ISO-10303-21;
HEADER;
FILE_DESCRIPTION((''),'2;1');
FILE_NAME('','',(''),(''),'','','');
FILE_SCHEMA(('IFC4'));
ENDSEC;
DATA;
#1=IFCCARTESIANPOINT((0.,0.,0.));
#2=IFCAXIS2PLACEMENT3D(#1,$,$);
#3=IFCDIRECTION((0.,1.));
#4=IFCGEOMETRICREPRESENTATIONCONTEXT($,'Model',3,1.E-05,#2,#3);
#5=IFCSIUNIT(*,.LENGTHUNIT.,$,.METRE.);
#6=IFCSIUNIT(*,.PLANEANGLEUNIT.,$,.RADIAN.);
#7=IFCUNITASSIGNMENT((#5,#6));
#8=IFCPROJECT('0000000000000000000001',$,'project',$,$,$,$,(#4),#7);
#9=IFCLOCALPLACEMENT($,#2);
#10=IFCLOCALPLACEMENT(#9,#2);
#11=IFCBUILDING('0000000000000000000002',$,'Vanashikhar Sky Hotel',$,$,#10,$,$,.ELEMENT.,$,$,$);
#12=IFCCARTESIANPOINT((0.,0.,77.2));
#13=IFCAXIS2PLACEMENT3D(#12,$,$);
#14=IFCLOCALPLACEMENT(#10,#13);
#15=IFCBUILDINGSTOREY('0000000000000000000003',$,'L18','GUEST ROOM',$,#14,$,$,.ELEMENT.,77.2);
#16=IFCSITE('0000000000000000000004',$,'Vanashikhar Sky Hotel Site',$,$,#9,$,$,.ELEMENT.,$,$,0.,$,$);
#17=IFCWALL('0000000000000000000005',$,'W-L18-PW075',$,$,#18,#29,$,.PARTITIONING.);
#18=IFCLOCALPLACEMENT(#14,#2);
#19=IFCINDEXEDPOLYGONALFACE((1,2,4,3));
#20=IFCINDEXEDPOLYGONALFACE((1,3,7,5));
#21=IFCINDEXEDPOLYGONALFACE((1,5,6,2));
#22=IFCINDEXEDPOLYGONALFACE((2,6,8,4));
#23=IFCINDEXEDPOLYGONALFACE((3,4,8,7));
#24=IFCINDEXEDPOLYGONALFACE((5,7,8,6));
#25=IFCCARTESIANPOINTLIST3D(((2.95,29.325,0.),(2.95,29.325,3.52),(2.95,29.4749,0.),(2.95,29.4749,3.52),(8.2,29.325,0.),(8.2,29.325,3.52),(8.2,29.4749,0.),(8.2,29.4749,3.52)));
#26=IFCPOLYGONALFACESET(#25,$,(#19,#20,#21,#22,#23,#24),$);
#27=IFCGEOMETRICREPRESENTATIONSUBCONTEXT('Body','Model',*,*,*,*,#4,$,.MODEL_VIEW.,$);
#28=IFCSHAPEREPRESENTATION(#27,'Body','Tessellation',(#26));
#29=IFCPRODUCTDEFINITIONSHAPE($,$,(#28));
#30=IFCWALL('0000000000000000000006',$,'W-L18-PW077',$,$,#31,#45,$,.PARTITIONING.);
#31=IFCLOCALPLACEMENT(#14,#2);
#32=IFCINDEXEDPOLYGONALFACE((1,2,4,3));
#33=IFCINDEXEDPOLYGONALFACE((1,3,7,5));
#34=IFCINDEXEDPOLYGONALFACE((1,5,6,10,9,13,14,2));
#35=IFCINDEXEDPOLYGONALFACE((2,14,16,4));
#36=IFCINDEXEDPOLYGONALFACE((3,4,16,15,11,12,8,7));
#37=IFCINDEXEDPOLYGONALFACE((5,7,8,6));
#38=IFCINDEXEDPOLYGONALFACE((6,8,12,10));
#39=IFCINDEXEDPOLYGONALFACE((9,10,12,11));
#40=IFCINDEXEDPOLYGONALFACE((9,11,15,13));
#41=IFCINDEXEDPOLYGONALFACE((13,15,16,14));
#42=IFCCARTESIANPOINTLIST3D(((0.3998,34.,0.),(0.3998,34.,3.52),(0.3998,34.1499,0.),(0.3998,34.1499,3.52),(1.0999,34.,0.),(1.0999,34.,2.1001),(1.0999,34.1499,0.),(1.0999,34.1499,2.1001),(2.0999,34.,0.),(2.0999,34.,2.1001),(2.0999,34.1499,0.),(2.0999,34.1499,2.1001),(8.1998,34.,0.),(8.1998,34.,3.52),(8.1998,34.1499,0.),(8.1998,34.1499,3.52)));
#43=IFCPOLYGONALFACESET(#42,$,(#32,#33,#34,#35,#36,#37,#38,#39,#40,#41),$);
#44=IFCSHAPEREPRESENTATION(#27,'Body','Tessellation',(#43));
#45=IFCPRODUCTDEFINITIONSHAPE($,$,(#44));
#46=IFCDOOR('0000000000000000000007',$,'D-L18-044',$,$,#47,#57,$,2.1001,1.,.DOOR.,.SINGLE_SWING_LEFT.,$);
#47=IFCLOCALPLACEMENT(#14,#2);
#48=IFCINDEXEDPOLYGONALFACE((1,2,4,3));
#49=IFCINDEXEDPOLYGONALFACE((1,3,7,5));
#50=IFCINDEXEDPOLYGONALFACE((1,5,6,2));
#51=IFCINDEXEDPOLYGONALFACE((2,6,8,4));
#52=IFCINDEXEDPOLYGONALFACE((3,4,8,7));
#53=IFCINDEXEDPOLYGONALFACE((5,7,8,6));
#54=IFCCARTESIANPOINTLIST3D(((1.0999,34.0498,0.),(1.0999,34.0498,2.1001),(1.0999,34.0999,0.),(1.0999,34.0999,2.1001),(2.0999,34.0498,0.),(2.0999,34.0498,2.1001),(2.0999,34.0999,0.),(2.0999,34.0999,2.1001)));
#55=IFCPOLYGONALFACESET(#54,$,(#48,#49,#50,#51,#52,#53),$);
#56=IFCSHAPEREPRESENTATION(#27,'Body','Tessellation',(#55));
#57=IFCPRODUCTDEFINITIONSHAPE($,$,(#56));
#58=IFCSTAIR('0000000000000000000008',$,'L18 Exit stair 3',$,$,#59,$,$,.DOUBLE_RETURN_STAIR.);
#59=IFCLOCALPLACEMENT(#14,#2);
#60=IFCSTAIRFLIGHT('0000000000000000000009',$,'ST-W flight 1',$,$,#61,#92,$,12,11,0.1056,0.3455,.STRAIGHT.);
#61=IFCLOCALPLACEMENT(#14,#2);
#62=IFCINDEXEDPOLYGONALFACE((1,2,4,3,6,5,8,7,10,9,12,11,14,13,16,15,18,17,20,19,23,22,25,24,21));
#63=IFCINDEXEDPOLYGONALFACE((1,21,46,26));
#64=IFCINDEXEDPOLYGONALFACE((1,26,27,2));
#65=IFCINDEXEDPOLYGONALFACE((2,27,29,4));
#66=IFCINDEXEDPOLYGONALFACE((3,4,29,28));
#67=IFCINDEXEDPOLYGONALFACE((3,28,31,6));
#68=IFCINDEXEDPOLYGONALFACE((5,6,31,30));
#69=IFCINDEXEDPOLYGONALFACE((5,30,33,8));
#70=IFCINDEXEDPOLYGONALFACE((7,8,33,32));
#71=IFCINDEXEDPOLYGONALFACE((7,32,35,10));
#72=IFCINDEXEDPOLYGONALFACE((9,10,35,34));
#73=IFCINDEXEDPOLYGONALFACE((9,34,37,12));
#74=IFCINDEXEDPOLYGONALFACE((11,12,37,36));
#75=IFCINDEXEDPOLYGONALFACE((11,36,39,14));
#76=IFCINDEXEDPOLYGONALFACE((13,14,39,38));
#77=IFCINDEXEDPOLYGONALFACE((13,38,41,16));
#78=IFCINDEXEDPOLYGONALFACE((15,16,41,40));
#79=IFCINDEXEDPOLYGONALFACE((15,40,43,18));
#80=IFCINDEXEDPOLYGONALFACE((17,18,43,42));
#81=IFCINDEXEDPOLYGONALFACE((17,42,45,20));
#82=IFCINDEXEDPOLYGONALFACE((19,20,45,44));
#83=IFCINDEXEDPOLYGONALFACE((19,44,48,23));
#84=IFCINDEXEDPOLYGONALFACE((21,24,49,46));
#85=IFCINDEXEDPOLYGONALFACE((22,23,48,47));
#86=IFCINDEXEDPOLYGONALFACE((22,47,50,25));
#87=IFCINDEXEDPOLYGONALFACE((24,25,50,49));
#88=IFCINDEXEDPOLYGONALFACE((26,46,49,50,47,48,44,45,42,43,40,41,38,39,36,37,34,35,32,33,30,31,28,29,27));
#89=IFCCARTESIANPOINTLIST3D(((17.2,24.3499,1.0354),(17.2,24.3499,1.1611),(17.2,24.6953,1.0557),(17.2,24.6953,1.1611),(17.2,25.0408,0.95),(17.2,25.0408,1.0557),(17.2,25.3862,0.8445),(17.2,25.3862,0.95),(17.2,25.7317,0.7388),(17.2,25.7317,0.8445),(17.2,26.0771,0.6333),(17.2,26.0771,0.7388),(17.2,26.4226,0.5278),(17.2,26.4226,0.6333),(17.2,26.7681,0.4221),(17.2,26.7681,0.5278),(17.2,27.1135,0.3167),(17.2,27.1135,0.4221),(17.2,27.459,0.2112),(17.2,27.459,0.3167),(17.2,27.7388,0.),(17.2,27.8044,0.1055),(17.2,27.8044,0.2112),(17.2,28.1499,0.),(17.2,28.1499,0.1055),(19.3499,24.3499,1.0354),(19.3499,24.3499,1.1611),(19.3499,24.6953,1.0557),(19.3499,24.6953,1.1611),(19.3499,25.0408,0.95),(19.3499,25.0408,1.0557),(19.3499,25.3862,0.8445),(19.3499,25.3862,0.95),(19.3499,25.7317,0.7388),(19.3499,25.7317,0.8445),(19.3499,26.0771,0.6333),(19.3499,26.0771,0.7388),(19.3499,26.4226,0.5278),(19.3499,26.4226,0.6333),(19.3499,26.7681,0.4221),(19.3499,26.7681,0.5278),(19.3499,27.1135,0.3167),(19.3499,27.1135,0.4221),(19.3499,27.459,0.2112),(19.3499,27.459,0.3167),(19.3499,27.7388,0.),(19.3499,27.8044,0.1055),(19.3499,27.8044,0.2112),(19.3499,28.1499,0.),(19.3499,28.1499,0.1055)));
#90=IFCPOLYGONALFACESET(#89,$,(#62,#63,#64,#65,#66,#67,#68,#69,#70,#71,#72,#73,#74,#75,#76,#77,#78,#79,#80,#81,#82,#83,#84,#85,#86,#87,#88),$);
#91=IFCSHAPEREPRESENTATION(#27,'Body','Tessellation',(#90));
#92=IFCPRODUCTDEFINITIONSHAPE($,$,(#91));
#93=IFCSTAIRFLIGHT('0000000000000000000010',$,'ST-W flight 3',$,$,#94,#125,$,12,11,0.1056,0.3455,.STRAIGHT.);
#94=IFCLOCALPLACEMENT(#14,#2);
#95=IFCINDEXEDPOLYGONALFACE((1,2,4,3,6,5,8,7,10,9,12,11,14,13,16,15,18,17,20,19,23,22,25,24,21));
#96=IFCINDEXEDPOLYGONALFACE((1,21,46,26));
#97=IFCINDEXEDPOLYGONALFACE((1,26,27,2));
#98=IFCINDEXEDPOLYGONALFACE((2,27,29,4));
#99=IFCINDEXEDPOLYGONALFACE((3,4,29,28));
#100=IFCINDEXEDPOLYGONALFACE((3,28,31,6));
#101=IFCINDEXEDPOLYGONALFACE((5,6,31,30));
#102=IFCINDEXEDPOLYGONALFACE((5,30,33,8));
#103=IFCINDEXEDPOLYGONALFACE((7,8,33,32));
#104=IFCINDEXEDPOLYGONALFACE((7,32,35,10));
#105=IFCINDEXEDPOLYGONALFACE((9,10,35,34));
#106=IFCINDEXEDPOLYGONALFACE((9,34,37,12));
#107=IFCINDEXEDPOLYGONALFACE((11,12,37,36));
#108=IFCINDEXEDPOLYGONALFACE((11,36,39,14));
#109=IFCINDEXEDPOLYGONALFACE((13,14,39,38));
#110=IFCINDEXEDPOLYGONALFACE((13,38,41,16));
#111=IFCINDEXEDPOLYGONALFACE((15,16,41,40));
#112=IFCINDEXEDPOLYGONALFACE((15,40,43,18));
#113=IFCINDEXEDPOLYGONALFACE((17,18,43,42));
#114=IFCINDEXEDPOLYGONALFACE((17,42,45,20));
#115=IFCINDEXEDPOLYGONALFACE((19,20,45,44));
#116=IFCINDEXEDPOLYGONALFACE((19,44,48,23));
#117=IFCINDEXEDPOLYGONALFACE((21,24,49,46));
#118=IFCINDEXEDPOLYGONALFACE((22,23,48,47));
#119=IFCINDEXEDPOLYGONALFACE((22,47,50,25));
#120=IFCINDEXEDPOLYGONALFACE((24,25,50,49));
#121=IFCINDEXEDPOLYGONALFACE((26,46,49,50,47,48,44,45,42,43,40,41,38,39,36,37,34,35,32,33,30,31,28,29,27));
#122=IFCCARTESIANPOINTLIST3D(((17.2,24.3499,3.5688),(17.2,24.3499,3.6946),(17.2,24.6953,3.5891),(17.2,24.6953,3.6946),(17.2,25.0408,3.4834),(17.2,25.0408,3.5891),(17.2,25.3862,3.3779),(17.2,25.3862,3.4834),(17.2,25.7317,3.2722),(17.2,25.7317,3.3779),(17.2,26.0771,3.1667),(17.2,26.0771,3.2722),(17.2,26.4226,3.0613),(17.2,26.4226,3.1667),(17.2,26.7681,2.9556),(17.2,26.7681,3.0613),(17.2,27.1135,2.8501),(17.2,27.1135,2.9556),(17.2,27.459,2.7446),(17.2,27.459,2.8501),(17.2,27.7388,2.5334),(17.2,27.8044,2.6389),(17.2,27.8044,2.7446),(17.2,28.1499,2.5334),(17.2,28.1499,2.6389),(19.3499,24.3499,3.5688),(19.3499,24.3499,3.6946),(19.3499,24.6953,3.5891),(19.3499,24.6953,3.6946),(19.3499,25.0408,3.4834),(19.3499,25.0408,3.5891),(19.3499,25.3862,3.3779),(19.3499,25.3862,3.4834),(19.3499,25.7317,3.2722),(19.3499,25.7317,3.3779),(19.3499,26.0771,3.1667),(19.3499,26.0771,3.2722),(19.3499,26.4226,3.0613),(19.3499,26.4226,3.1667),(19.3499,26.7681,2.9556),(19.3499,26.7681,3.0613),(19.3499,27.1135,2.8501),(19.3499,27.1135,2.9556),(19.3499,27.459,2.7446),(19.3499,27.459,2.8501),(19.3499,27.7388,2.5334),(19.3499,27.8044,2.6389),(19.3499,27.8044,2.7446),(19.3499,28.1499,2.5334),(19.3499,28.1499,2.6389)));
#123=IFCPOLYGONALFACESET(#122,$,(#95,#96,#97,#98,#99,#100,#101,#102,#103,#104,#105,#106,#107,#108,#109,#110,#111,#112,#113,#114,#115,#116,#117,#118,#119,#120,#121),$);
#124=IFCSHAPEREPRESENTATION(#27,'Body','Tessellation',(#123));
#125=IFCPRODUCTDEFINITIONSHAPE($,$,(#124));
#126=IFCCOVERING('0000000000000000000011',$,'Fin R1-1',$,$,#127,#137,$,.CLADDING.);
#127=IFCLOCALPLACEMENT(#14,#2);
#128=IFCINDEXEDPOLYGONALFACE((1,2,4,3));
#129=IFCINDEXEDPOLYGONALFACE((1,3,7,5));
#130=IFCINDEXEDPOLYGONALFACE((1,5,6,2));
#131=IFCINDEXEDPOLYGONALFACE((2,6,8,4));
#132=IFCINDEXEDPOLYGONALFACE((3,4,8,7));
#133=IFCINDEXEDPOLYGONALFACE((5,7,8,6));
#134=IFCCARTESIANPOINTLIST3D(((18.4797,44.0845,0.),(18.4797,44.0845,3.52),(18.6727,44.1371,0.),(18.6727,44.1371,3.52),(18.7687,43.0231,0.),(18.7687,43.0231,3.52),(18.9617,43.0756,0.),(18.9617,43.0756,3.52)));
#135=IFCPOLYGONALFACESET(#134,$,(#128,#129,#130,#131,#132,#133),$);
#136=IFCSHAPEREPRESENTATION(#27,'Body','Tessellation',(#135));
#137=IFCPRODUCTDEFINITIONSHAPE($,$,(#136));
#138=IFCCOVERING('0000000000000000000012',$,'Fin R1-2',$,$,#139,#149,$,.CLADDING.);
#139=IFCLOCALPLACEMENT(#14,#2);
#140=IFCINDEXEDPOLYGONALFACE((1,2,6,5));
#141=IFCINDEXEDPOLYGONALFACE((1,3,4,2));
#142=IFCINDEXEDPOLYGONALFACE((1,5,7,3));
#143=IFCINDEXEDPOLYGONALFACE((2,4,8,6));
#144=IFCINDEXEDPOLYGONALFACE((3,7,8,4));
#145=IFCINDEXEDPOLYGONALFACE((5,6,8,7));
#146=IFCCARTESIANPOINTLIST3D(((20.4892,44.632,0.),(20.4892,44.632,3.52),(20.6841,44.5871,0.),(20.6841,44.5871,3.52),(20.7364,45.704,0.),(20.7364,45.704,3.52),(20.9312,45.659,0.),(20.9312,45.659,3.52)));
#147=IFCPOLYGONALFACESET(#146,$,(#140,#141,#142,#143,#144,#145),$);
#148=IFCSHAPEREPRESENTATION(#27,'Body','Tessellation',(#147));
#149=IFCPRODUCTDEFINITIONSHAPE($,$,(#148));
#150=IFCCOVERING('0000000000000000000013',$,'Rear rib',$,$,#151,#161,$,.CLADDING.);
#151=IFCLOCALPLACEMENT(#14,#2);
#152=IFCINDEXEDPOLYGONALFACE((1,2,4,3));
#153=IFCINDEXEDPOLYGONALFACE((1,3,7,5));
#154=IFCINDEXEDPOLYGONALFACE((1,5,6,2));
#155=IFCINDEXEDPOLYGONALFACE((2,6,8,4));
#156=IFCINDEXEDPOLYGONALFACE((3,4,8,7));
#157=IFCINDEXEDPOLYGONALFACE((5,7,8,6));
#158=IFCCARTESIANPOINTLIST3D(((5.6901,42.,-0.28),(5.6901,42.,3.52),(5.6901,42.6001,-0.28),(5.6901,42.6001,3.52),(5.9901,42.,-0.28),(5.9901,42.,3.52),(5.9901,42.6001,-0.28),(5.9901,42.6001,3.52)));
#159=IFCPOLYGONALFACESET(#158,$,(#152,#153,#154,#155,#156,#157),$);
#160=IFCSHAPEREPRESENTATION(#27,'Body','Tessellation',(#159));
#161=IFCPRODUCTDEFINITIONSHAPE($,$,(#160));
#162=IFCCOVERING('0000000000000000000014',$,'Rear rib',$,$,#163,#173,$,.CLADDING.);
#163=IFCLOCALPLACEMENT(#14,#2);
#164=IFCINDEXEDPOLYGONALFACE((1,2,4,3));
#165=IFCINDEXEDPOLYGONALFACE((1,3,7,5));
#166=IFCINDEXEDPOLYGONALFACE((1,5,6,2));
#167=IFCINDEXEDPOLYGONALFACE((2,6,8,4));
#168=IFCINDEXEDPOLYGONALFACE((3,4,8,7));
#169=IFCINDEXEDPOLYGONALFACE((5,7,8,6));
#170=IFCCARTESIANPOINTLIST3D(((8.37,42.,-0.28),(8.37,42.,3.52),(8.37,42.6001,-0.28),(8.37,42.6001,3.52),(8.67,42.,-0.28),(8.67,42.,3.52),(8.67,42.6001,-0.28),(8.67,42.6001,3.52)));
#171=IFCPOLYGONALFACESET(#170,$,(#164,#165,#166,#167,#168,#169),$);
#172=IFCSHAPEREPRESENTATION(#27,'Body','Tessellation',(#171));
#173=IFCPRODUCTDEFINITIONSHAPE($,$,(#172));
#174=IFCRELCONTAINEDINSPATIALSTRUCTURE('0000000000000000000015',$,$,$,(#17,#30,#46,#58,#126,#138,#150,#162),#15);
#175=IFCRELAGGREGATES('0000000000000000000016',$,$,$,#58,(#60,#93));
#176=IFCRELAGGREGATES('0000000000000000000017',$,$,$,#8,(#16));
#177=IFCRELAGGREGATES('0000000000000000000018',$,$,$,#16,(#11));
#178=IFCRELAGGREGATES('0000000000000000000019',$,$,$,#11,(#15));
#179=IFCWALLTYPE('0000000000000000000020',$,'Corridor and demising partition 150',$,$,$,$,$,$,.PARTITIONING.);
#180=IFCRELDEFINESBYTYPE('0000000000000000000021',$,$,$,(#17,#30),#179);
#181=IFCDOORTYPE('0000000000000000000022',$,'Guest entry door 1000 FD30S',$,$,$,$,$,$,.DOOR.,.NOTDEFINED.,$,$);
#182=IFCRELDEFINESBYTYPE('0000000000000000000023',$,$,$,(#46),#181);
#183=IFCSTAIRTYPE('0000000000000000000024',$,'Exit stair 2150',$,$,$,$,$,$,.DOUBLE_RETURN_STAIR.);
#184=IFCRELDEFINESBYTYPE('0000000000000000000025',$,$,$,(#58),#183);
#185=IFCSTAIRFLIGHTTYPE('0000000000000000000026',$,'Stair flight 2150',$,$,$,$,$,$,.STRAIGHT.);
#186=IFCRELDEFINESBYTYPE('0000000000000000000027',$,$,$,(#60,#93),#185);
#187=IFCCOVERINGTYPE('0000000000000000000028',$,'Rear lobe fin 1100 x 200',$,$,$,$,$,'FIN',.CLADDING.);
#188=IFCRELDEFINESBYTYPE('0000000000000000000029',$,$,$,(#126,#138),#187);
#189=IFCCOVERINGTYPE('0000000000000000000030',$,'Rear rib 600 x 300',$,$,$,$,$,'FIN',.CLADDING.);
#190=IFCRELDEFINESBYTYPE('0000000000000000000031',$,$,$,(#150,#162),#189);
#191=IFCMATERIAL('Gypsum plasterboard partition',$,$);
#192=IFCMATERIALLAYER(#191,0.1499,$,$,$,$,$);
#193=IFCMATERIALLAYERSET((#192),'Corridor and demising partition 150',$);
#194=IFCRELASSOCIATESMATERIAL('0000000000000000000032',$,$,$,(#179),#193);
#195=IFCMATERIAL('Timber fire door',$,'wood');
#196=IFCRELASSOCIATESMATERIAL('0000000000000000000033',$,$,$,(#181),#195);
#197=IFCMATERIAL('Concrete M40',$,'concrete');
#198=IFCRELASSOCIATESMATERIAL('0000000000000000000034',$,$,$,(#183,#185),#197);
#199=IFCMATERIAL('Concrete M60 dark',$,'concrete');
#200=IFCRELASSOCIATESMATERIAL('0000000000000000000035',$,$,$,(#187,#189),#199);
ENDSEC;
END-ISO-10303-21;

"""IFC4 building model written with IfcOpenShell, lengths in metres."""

from ifc_helpers import new_model, si_unit, direction, frame, frame_2d, origin, origin_2d, place, context, subcontext, project, spatial, polyline, rectangle, outline, extrude, source, transform, mapped, material, layer, layer_set, material_profile, profile_set, type_object, element, fill, aggregate, save


model = new_model("IFC4")

# Units and contexts
model_context = context("Model", 3, precision=1e-05, world=origin(), true_north=direction((0.0, 1.0)))
body_context = subcontext(model_context, "Body", "Model", "MODEL_VIEW")
ifc_project = project(units=[si_unit("LENGTHUNIT", "METRE"), si_unit("PLANEANGLEUNIT", "RADIAN")], contexts=[model_context])

# Site, building, storey
site_placement = place(None, origin())
site = spatial("IfcSite", under=ifc_project, at=site_placement, Name="Vanashikhar Sky Hotel Site", CompositionType="ELEMENT", RefElevation=0.0)
building_placement = place(site_placement, origin())
building = spatial("IfcBuilding", under=site, at=building_placement, Name="Vanashikhar Sky Hotel", CompositionType="ELEMENT")
storey_placement = place(building_placement, frame((0.0, 0.0, 77.2)))
storey = spatial("IfcBuildingStorey", under=building, at=storey_placement, Name="L18", Description="GUEST ROOM", CompositionType="ELEMENT", Elevation=77.2)

# Shared definitions
shared_shape_1 = source(origin(), body_context, "Body", "SweptSolid", [
    extrude(rectangle(XDim=1.0, YDim=2.1001, at=frame_2d((0.5, 1.05))), frame((0.0, 0.0249, 0.0), z_axis=(0.0, -1.0, 0.0), x_axis=(1.0, 0.0, 0.0)), (0.0, 0.0, 1.0), 0.05),
])
ifc_material_1 = material(Name="Gypsum plasterboard partition")
ifc_layer_1 = layer(ifc_material_1, 0.1499)
ifc_layer_set_1 = layer_set([ifc_layer_1], Name="Corridor and demising partition 150")
wall_type_1 = type_object("IfcWallType", Name="Corridor and demising partition 150", PredefinedType="PARTITIONING", material=ifc_layer_set_1)
shared_shape_2 = source(origin(), body_context, "Body", "SweptSolid", [
    extrude(rectangle(XDim=1.0, YDim=2.1001, at=frame_2d((0.5, 1.05))), frame((0.0, 0.085, 0.0), z_axis=(0.0, -1.0, 0.0), x_axis=(1.0, 0.0, 0.0)), (0.0, 0.0, 1.0), 0.1699),
])
ifc_material_2 = material(Name="Timber fire door", Category="wood")
door_type_1 = type_object("IfcDoorType", Name="Guest entry door 1000 FD30S", OperationType="NOTDEFINED", PredefinedType="DOOR", material=ifc_material_2)

# Wall
shared_shape_3 = source(origin(), body_context, "Body", "SweptSolid", [
    extrude(rectangle(XDim=5.25, YDim=0.1499, at=frame_2d((2.625, 0.0))), origin(), (0.0, 0.0, 1.0), 3.52),
])
wall_1_placement = place(storey_placement, frame((2.95, 29.3999, 0.0), z_axis=(0.0, 0.0, 1.0), x_axis=(1.0, 0.0, 0.0)))
element("IfcWall", 1, at=wall_1_placement, inside=storey, type_object=wall_type_1, Name="W-L18-PW075", PredefinedType="PARTITIONING", context=body_context, shape_type="MappedRepresentation", body=[
    mapped(shared_shape_3, transform((0.0, 0.0, 0.0), scale=1.0)),
])

# Wall, opening, door
shared_shape_4 = source(origin(), body_context, "Body", "SweptSolid", [
    extrude(rectangle(XDim=7.8, YDim=0.1499, at=frame_2d((3.8999, 0.0))), origin(), (0.0, 0.0, 1.0), 3.52),
])
wall_2_placement = place(storey_placement, frame((0.3999, 34.075, 0.0), z_axis=(0.0, 0.0, 1.0), x_axis=(1.0, 0.0, 0.0)))
wall_2 = element("IfcWall", 2, at=wall_2_placement, inside=storey, type_object=wall_type_1, Name="W-L18-PW077", PredefinedType="PARTITIONING", context=body_context, shape_type="MappedRepresentation", body=[
    mapped(shared_shape_4, transform((0.0, 0.0, 0.0), scale=1.0)),
])
opening_1_placement = place(wall_2_placement, frame((0.7, 0.0, 0.0)))
opening_1 = element("IfcOpeningElement", 3, at=opening_1_placement, cuts=wall_2, PredefinedType="OPENING", context=body_context, shape_type="MappedRepresentation", body=[
    mapped(shared_shape_2, transform((0.0, 0.0, 0.0), scale=1.0)),
])
door_1_placement = place(opening_1_placement, origin())
door_1 = element("IfcDoor", 4, at=door_1_placement, inside=storey, type_object=door_type_1, Name="D-L18-044", OperationType="SINGLE_SWING_LEFT", OverallHeight=2.1001, OverallWidth=1.0, PredefinedType="DOOR", context=body_context, shape_type="MappedRepresentation", body=[
    mapped(shared_shape_1, transform((0.0, 0.0, 0.0), scale=1.0)),
])
fill(opening_1, door_1)

# Stair, stair flights
ifc_material_3 = material(Name="Concrete M40", Category="concrete")
stair_type = type_object("IfcStairType", Name="Exit stair 2150", PredefinedType="DOUBLE_RETURN_STAIR", material=ifc_material_3)
stair_placement = place(storey_placement, origin())
stair = element("IfcStair", 5, at=stair_placement, inside=storey, type_object=stair_type, Name="L18 Exit stair 3", PredefinedType="DOUBLE_RETURN_STAIR")
stair_flight_type = type_object("IfcStairFlightType", Name="Stair flight 2150", PredefinedType="STRAIGHT", material=ifc_material_3)
shared_shape_5 = source(origin(), body_context, "Body", "SweptSolid", [
    extrude(outline(polyline([(0.0, 0.0), (0.0, 0.1055), (0.3455, 0.1055), (0.3455, 0.2112), (0.6909, 0.2112), (0.6909, 0.3167), (1.0364, 0.3167), (1.0364, 0.4221), (1.3818, 0.4221), (1.3818, 0.5278), (1.7273, 0.5278), (1.7273, 0.6333), (2.0728, 0.6333), (2.0728, 0.7388), (2.4182, 0.7388), (2.4182, 0.8445), (2.7637, 0.8445), (2.7637, 0.95), (3.1091, 0.95), (3.1091, 1.0557), (3.4546, 1.0557), (3.4546, 1.1611), (3.8, 1.1611), (3.8, 1.2666), (3.8, 1.0354), (0.4111, 0.0), (0.0, 0.0)])), frame((0.0, 1.075, 0.0), z_axis=(0.0, -1.0, 0.0), x_axis=(1.0, 0.0, 0.0)), (0.0, 0.0, 1.0), 2.1499),
])
stair_flight_1_placement = place(storey_placement, frame((18.2749, 28.1499, 0.0), z_axis=(0.0, 0.0, 1.0), x_axis=(0.0, -1.0, 0.0)))
stair_flight_1 = element("IfcStairFlight", 6, at=stair_flight_1_placement, type_object=stair_flight_type, Name="ST-W flight 1", NumberOfRisers=12, NumberOfTreads=11, PredefinedType="STRAIGHT", RiserHeight=0.1056, TreadLength=0.3455, context=body_context, shape_type="MappedRepresentation", body=[
    mapped(shared_shape_5, transform((0.0, 0.0, 0.0), scale=1.0)),
])
stair_flight_2_placement = place(storey_placement, frame((18.2749, 28.1499, 2.5334), z_axis=(0.0, 0.0, 1.0), x_axis=(0.0, -1.0, 0.0)))
stair_flight_2 = element("IfcStairFlight", 7, at=stair_flight_2_placement, type_object=stair_flight_type, Name="ST-W flight 3", NumberOfRisers=12, NumberOfTreads=11, PredefinedType="STRAIGHT", RiserHeight=0.1056, TreadLength=0.3455, context=body_context, shape_type="MappedRepresentation", body=[
    mapped(shared_shape_5, transform((0.0, 0.0, 0.0), scale=1.0)),
])
aggregate(stair, [stair_flight_1, stair_flight_2])

# Coverings
ifc_material_4 = material(Name="Concrete M60 dark", Category="concrete")
ifc_material_profile_1 = material_profile(ifc_material_4, rectangle(XDim=1.1001, YDim=0.2, at=origin_2d()))
ifc_profile_set_1 = profile_set([ifc_material_profile_1], Name="Rear lobe fin 1100 x 200")
covering_type_1 = type_object("IfcCoveringType", Name="Rear lobe fin 1100 x 200", ElementType="FIN", PredefinedType="CLADDING", material=ifc_profile_set_1)
shared_shape_6 = source(origin(), body_context, "Body", "SweptSolid", [
    extrude(rectangle(XDim=1.1001, YDim=0.2, at=origin_2d()), origin(), (0.0, 0.0, 1.0), 3.52),
])
for number, where, z_axis, x_axis, name in (
    (8, (18.7207, 43.5801, 0.0), (0.0, 0.0, 1.0), (-0.262711, 0.964874, 0.0), "Fin R1-1"),
    (9, (20.7102, 45.1455, 0.0), (0.0, 0.0, 1.0), (0.224645, 0.974441, 0.0), "Fin R1-2"),
):
    element("IfcCovering", number, at=place(storey_placement, frame(where, z_axis=z_axis, x_axis=x_axis)), inside=storey, type_object=covering_type_1, Name=name, PredefinedType="CLADDING", context=body_context, shape_type="MappedRepresentation", body=[
        mapped(shared_shape_6, transform((0.0, 0.0, 0.0), scale=1.0)),
    ])
ifc_material_profile_2 = material_profile(ifc_material_4, rectangle(XDim=0.6001, YDim=0.3, at=origin_2d()))
ifc_profile_set_2 = profile_set([ifc_material_profile_2], Name="Rear rib 600 x 300")
covering_type_2 = type_object("IfcCoveringType", Name="Rear rib 600 x 300", ElementType="FIN", PredefinedType="CLADDING", material=ifc_profile_set_2)
shared_shape_7 = source(origin(), body_context, "Body", "SweptSolid", [
    extrude(rectangle(XDim=0.6001, YDim=0.3, at=origin_2d()), origin(), (0.0, 0.0, 1.0), 3.8),
])
for number, where, z_axis, x_axis, name in (
    (10, (5.8401, 42.3, -0.28), (0.0, 0.0, 1.0), (0.0, 1.0, 0.0), "Rear rib"),
    (11, (8.52, 42.3, -0.28), (0.0, 0.0, 1.0), (0.0, 1.0, 0.0), "Rear rib"),
):
    element("IfcCovering", number, at=place(storey_placement, frame(where, z_axis=z_axis, x_axis=x_axis)), inside=storey, type_object=covering_type_2, Name=name, PredefinedType="CLADDING", context=body_context, shape_type="MappedRepresentation", body=[
        mapped(shared_shape_7, transform((0.0, 0.0, 0.0), scale=1.0)),
    ])

save(model, "model.ifc")
